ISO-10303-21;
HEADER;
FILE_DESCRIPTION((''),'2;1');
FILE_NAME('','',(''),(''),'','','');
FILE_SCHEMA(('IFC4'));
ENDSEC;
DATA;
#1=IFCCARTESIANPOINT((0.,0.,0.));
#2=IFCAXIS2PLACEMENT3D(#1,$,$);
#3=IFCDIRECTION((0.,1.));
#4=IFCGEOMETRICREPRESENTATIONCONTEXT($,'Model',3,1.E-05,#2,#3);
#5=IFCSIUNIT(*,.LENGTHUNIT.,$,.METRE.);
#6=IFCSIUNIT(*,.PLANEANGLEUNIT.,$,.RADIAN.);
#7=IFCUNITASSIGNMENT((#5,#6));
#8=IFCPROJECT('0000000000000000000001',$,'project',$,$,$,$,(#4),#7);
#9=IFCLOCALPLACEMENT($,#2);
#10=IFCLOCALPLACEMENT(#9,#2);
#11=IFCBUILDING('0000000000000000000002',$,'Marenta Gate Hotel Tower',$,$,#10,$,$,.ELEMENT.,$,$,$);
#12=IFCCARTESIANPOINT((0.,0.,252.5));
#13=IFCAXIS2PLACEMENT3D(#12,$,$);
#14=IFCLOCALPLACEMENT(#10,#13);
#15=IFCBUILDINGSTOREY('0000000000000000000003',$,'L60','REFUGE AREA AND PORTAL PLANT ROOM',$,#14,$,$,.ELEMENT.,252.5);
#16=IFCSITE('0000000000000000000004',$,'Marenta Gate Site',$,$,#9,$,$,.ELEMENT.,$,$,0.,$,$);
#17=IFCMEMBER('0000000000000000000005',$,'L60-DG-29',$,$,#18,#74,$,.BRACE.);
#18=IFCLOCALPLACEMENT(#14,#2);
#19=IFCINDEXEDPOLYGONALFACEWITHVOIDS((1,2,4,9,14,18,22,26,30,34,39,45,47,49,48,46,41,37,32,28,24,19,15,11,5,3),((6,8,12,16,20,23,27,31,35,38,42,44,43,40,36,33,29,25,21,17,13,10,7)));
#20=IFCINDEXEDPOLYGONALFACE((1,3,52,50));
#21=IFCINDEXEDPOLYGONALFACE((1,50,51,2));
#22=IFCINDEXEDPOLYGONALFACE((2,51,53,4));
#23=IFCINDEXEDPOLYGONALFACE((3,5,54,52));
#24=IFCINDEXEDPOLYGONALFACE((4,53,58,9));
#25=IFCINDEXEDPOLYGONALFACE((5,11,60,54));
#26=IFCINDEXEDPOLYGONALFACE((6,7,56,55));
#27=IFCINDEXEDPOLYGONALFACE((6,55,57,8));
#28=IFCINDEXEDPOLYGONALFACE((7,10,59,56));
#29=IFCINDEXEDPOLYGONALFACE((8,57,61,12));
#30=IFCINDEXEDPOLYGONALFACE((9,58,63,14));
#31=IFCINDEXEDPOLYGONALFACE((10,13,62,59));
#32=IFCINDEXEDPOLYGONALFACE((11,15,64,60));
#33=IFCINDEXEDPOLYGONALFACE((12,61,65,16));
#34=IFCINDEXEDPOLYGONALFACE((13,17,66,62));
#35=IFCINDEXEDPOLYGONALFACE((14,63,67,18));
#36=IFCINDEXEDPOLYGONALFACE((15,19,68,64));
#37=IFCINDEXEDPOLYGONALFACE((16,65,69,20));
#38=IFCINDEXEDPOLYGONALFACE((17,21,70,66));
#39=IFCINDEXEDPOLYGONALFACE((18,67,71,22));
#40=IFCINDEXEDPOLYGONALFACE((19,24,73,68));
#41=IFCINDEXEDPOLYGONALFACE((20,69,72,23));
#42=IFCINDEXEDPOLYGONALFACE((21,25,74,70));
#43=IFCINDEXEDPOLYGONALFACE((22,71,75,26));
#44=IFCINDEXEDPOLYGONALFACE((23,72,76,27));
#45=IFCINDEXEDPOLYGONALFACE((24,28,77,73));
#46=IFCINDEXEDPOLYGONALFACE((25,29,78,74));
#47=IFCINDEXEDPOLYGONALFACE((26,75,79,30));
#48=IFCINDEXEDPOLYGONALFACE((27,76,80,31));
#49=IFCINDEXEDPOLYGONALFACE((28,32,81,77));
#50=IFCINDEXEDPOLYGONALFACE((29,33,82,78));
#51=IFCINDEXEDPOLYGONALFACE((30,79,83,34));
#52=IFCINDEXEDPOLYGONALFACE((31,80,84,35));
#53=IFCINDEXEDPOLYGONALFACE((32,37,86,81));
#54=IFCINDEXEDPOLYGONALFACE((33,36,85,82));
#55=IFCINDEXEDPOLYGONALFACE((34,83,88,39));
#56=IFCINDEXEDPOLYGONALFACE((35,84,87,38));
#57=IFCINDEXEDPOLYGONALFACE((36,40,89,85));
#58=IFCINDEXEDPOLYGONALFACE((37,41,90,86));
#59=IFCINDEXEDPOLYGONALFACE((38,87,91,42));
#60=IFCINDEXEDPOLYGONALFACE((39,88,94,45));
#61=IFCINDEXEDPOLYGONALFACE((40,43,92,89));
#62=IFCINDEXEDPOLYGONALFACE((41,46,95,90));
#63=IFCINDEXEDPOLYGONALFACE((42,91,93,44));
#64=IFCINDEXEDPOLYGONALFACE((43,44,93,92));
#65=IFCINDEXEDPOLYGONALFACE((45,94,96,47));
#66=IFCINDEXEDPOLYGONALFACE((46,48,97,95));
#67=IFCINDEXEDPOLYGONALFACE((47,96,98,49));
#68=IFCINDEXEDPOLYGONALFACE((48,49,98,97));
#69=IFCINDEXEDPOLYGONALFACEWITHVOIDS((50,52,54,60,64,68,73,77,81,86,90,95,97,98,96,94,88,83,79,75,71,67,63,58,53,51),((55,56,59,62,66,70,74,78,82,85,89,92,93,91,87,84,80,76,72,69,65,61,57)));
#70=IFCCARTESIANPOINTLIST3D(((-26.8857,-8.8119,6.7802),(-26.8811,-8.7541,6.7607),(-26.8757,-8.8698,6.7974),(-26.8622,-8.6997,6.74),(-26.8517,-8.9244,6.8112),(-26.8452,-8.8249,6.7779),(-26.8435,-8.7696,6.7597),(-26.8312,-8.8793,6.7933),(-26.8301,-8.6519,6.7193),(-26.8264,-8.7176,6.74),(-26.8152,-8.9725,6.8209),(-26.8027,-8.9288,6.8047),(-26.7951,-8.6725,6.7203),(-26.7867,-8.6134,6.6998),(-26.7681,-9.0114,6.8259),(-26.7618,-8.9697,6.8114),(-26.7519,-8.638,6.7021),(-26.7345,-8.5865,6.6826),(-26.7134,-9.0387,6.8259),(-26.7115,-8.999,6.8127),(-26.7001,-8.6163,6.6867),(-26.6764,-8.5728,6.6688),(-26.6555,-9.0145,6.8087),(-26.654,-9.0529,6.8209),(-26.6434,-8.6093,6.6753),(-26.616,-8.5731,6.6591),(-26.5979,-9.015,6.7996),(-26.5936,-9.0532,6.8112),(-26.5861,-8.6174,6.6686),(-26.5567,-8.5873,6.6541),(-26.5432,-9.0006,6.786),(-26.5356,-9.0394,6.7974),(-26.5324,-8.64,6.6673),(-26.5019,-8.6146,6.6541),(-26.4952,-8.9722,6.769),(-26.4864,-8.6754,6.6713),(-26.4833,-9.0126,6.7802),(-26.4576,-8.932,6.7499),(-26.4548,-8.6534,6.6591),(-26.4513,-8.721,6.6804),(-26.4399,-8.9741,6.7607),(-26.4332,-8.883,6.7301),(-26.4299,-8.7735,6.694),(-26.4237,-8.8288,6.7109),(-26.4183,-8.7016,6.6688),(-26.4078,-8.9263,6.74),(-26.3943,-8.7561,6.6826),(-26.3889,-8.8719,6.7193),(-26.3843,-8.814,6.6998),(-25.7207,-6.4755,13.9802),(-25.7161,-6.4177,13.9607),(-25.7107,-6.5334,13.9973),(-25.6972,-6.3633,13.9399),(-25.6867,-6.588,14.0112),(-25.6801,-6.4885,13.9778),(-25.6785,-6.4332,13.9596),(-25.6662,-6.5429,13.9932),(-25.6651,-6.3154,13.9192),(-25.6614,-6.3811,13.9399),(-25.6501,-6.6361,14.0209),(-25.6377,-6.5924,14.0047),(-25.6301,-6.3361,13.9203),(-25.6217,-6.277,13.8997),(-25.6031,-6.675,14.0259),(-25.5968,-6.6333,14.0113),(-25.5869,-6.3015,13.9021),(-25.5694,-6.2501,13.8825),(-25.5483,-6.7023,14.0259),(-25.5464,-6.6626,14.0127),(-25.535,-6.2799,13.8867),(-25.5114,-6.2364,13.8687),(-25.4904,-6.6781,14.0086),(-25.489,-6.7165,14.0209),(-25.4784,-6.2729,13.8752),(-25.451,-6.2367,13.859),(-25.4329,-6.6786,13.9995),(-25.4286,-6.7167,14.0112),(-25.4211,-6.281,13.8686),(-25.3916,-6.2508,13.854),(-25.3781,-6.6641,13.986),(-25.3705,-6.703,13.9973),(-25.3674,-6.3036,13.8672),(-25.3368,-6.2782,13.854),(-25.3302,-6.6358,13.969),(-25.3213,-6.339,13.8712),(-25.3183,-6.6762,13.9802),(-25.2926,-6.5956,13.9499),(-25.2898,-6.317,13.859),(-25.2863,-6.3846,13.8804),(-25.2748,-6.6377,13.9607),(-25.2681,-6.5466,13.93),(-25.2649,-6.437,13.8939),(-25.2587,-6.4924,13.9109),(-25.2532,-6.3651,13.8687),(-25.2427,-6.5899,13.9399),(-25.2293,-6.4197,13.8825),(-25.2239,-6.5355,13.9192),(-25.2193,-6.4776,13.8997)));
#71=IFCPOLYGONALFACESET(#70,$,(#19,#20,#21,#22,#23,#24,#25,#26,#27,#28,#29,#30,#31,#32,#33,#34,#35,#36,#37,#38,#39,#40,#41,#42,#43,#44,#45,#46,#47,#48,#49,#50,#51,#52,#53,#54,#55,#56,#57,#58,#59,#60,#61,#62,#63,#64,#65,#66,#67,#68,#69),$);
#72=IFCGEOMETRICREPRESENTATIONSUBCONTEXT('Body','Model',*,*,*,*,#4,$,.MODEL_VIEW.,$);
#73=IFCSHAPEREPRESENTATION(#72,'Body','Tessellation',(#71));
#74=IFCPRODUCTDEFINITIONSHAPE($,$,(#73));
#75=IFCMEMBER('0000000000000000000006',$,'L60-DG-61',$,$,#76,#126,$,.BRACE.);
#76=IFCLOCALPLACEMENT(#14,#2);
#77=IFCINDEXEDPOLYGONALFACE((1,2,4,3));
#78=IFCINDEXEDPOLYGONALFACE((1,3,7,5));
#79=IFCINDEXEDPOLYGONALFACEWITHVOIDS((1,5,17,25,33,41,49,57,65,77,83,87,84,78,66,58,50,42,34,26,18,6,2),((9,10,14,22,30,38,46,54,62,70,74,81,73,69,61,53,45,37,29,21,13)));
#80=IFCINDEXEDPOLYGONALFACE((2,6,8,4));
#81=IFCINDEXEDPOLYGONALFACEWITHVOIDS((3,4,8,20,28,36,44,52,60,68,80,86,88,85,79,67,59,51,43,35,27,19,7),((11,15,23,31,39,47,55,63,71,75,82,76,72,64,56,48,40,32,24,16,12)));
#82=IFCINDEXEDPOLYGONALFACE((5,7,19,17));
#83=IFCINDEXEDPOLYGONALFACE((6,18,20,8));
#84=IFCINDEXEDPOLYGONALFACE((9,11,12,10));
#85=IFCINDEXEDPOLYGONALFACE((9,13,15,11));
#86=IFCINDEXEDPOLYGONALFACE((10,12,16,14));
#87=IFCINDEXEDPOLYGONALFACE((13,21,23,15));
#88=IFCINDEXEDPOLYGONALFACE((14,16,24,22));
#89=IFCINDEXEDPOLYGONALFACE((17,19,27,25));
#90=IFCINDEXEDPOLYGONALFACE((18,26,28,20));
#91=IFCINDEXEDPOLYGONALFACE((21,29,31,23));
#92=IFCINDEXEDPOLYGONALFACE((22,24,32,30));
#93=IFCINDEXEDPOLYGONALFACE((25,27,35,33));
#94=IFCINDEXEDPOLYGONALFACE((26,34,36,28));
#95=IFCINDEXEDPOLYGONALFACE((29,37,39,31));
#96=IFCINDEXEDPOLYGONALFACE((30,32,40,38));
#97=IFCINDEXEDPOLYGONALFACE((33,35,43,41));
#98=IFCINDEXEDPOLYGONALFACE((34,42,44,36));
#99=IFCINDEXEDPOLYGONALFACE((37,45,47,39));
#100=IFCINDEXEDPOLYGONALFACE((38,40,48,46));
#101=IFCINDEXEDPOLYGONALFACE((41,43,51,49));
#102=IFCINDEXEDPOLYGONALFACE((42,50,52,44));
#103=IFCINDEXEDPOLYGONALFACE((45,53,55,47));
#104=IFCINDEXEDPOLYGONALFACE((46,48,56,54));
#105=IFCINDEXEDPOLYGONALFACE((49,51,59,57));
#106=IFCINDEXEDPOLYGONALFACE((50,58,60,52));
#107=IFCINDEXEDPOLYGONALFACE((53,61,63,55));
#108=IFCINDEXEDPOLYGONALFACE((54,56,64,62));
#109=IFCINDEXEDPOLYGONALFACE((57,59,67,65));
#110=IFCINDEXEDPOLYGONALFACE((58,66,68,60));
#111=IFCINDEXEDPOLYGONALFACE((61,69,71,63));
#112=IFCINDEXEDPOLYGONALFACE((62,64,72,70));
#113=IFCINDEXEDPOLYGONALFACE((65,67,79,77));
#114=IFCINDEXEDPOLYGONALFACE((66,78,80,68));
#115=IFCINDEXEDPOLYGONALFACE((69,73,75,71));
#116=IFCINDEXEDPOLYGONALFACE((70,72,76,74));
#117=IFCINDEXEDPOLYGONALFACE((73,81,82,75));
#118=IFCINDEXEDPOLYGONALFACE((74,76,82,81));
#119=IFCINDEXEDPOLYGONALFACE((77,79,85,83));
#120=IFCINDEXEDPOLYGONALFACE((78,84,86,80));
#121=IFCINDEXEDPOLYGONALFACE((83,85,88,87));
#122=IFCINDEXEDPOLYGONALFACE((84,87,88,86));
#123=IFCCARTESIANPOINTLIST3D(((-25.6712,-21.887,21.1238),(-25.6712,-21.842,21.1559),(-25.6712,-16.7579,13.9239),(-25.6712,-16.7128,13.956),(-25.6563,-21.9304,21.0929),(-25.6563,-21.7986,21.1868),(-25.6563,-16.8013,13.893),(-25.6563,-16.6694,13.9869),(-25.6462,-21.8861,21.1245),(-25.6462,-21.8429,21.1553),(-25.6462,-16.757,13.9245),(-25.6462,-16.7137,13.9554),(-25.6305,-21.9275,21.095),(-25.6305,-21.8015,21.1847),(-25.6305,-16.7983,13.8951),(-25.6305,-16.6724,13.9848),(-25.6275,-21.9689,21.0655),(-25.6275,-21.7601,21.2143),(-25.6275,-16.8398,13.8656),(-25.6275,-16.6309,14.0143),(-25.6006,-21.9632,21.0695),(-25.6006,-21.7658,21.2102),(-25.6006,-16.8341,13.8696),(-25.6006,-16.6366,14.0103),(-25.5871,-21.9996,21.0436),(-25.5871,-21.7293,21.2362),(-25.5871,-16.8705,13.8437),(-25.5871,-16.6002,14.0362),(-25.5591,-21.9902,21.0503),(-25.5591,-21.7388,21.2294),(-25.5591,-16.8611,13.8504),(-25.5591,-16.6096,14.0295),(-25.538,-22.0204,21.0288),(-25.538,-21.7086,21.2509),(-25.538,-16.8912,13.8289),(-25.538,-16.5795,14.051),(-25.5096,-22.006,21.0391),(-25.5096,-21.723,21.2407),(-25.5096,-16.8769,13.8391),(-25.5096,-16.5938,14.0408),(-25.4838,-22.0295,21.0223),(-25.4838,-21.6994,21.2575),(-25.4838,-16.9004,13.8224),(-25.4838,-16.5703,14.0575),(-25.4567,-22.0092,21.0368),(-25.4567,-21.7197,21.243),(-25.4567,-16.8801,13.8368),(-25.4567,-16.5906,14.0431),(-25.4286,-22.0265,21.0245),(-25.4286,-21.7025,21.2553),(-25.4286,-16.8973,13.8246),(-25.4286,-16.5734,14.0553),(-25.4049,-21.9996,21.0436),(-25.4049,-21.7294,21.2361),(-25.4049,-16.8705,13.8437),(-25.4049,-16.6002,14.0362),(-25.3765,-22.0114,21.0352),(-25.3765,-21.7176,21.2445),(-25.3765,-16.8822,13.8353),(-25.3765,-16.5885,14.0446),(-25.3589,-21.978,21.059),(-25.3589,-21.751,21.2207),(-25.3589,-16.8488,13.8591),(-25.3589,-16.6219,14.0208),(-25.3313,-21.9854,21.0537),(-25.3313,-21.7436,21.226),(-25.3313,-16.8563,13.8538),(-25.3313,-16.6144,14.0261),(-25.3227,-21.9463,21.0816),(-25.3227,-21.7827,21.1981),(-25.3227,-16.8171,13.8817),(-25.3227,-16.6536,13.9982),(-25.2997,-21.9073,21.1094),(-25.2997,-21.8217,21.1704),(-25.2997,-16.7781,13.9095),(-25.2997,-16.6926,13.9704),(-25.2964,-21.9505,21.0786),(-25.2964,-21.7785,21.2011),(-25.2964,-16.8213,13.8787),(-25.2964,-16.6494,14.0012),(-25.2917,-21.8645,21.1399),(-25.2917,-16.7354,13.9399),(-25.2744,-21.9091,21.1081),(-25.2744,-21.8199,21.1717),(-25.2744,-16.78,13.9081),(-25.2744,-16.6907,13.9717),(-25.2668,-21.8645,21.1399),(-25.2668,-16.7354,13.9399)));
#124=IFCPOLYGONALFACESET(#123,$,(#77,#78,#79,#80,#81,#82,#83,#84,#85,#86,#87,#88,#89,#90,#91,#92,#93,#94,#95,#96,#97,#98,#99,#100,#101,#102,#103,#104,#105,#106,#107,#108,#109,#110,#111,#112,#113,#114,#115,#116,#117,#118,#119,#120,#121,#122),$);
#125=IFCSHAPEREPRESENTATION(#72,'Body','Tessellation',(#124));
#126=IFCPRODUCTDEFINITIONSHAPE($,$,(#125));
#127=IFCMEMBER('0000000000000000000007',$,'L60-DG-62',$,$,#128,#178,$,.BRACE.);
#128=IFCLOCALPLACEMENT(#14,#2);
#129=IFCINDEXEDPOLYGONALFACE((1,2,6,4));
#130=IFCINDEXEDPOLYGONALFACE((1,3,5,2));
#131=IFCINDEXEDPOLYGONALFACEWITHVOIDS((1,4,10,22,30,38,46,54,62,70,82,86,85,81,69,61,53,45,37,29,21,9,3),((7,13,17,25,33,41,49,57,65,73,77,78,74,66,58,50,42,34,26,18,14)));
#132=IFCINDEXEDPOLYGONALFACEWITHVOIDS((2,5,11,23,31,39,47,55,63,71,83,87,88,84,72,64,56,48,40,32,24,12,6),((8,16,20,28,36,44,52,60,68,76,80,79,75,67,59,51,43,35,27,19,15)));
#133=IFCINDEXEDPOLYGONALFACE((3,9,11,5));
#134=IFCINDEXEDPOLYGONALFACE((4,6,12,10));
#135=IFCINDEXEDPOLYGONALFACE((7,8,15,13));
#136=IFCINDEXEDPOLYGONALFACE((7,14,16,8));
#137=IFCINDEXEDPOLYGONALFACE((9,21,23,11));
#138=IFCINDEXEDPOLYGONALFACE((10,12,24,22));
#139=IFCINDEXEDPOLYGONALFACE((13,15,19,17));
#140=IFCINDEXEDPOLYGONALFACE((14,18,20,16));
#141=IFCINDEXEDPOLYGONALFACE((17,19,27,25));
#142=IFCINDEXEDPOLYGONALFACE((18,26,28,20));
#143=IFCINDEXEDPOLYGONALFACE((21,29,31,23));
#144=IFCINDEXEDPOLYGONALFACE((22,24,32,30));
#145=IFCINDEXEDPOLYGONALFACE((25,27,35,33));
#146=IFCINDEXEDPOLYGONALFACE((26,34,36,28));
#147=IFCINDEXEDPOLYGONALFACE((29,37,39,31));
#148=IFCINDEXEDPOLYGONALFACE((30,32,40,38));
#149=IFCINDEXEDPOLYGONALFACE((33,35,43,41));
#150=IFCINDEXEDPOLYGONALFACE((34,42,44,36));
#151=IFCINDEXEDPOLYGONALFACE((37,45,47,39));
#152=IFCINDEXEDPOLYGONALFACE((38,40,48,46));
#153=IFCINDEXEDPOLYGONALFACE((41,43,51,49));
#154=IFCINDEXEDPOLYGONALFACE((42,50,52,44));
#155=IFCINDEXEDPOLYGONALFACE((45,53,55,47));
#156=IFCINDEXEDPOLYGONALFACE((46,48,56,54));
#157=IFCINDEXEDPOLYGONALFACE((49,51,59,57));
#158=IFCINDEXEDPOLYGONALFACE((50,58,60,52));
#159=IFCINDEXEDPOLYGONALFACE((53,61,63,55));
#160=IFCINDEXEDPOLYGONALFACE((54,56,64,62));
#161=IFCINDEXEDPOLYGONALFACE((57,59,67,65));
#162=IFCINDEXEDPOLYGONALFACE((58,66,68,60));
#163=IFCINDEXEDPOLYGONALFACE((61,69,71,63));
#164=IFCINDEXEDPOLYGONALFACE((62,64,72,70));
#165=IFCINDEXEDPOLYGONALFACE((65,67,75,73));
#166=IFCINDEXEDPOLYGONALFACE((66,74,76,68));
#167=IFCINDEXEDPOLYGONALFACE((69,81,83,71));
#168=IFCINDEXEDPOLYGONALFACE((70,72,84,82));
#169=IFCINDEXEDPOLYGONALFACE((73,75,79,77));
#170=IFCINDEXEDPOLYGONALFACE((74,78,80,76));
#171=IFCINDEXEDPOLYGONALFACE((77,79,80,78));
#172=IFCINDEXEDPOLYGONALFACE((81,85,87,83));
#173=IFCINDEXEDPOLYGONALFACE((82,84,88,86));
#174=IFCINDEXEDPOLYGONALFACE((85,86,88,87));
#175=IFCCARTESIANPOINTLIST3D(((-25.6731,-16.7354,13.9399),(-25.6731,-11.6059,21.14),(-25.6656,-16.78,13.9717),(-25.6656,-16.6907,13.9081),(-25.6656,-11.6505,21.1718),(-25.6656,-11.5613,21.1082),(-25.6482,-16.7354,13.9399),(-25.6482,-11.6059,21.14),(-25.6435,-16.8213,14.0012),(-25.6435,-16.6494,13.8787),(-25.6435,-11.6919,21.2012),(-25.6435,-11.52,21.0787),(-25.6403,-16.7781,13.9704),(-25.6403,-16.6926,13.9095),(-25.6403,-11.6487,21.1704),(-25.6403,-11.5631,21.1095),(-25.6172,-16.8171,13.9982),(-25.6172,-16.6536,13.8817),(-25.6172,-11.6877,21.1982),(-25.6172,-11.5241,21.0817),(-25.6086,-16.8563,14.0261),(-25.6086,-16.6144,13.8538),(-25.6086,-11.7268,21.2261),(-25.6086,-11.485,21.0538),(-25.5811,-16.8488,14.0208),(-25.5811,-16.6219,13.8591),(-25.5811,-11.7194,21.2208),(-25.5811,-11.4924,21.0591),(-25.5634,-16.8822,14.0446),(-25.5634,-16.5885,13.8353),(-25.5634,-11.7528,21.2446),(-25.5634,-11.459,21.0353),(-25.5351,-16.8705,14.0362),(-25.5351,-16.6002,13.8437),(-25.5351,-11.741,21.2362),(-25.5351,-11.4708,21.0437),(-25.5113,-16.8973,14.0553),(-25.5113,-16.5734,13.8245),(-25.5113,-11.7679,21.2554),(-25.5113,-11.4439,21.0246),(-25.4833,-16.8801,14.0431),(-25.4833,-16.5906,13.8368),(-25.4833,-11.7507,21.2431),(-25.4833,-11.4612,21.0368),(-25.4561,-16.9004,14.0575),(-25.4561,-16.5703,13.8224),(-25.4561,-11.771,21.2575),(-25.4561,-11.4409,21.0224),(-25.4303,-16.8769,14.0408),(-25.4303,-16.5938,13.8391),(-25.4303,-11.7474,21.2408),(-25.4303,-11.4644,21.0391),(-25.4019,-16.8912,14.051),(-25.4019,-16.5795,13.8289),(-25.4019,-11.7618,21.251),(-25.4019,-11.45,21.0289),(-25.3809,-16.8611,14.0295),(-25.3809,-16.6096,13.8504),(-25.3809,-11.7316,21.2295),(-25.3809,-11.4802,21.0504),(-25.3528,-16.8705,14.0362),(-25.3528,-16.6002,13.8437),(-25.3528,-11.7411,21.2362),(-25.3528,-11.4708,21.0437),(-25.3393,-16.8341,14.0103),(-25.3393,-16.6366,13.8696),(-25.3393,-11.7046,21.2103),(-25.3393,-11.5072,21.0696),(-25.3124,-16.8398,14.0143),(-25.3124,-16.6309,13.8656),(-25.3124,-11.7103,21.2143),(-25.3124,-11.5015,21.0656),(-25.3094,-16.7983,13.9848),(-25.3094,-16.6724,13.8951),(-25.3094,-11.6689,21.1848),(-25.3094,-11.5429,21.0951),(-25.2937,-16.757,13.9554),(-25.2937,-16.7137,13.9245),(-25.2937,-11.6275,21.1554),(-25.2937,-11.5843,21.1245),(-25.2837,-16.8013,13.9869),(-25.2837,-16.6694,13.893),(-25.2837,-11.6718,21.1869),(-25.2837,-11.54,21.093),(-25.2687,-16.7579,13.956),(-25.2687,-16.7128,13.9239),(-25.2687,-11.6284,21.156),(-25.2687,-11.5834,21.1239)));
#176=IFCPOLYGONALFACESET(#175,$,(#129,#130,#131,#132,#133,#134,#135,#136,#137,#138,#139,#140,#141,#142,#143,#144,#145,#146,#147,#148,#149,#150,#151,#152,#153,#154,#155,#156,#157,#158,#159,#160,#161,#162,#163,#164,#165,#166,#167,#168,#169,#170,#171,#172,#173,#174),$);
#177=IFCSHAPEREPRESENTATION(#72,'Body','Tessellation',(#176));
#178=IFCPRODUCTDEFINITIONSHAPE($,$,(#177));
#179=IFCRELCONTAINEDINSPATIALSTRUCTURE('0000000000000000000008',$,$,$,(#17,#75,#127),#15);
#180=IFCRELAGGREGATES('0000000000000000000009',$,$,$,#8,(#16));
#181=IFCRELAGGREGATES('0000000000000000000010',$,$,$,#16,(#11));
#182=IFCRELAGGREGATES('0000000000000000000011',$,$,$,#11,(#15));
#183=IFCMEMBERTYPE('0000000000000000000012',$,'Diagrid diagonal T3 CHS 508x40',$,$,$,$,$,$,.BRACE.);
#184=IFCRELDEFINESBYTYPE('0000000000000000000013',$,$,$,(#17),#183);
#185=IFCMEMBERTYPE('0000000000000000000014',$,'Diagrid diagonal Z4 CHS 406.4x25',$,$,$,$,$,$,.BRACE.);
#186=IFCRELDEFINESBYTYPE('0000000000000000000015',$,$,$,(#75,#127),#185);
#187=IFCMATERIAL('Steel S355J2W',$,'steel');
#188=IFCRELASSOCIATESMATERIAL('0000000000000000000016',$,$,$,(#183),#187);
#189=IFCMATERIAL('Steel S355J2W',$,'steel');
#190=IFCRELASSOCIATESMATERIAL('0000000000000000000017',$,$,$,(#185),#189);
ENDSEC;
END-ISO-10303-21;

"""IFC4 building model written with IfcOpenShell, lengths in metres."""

from ifc_helpers import new_model, si_unit, direction, frame, origin, origin_2d, place, context, subcontext, project, spatial, hollow_circle, extrude, material, material_profile, profile_set, type_object, element, save


model = new_model("IFC4")

# Units and contexts
model_context = context("Model", 3, precision=1e-05, world=origin(), true_north=direction((0.0, 1.0)))
body_context = subcontext(model_context, "Body", "Model", "MODEL_VIEW")
ifc_project = project(units=[si_unit("LENGTHUNIT", "METRE"), si_unit("PLANEANGLEUNIT", "RADIAN")], contexts=[model_context])

# Site, building, storey
site_placement = place(None, origin())
site = spatial("IfcSite", under=ifc_project, at=site_placement, Name="Marenta Gate Site", CompositionType="ELEMENT", RefElevation=0.0)
building_placement = place(site_placement, origin())
building = spatial("IfcBuilding", under=site, at=building_placement, Name="Marenta Gate Hotel Tower", CompositionType="ELEMENT")
storey_placement = place(building_placement, frame((0.0, 0.0, 252.5)))
storey = spatial("IfcBuildingStorey", under=building, at=storey_placement, Name="L60", Description="REFUGE AREA AND PORTAL PLANT ROOM", CompositionType="ELEMENT", Elevation=252.5)

# Members
ifc_material_1 = material(Name="Steel S355J2W", Category="steel")
ifc_material_profile_1 = material_profile(ifc_material_1, hollow_circle(Radius=0.2539, WallThickness=0.04, at=origin_2d()), Name="CHS 508x40")
ifc_profile_set_1 = profile_set([ifc_material_profile_1], Name="Steel S355J2W")
member_type_1 = type_object("IfcMemberType", Name="Diagrid diagonal T3 CHS 508x40", PredefinedType="BRACE", material=ifc_profile_set_1)
member_1_placement = place(storey_placement, frame((-26.635, -8.813, 6.74), z_axis=(0.15212, 0.305069, 0.940102), x_axis=(-0.894913, 0.446241, 0.0)))
element("IfcMember", 1, at=member_1_placement, inside=storey, type_object=member_type_1, Name="L60-DG-29", PredefinedType="BRACE", context=body_context, shape_type="SweptSolid", body=[
    extrude(hollow_circle(Radius=0.2539, WallThickness=0.04, at=origin_2d()), origin(), (0.0, 0.0, 1.0), 7.6587),
])
ifc_material_2 = material(Name="Steel S355J2W", Category="steel")
ifc_material_profile_2 = material_profile(ifc_material_2, hollow_circle(Radius=0.2031, WallThickness=0.0249, at=origin_2d()), Name="CHS 406.4x25")
ifc_profile_set_2 = profile_set([ifc_material_profile_2], Name="Steel S355J2W")
member_type_2 = type_object("IfcMemberType", Name="Diagrid diagonal Z4 CHS 406.4x25", PredefinedType="BRACE", material=ifc_profile_set_2)
member_2_placement = place(storey_placement, frame((-25.47, -16.7354, 13.9399), z_axis=(0.0, -0.580214, 0.814464), x_axis=(1.0, 0.0, 0.0)))
element("IfcMember", 2, at=member_2_placement, inside=storey, type_object=member_type_2, Name="L60-DG-61", PredefinedType="BRACE", context=body_context, shape_type="SweptSolid", body=[
    extrude(hollow_circle(Radius=0.2031, WallThickness=0.0249, at=origin_2d()), origin(), (0.0, 0.0, 1.0), 8.8401),
])
member_3_placement = place(storey_placement, frame((-25.47, -16.7354, 13.9399), z_axis=(0.0, 0.580232, 0.814451), x_axis=(-1.0, 0.0, 0.0)))
element("IfcMember", 3, at=member_3_placement, inside=storey, type_object=member_type_2, Name="L60-DG-62", PredefinedType="BRACE", context=body_context, shape_type="SweptSolid", body=[
    extrude(hollow_circle(Radius=0.2031, WallThickness=0.0249, at=origin_2d()), origin(), (0.0, 0.0, 1.0), 8.8403),
])

save(model, "model.ifc")
